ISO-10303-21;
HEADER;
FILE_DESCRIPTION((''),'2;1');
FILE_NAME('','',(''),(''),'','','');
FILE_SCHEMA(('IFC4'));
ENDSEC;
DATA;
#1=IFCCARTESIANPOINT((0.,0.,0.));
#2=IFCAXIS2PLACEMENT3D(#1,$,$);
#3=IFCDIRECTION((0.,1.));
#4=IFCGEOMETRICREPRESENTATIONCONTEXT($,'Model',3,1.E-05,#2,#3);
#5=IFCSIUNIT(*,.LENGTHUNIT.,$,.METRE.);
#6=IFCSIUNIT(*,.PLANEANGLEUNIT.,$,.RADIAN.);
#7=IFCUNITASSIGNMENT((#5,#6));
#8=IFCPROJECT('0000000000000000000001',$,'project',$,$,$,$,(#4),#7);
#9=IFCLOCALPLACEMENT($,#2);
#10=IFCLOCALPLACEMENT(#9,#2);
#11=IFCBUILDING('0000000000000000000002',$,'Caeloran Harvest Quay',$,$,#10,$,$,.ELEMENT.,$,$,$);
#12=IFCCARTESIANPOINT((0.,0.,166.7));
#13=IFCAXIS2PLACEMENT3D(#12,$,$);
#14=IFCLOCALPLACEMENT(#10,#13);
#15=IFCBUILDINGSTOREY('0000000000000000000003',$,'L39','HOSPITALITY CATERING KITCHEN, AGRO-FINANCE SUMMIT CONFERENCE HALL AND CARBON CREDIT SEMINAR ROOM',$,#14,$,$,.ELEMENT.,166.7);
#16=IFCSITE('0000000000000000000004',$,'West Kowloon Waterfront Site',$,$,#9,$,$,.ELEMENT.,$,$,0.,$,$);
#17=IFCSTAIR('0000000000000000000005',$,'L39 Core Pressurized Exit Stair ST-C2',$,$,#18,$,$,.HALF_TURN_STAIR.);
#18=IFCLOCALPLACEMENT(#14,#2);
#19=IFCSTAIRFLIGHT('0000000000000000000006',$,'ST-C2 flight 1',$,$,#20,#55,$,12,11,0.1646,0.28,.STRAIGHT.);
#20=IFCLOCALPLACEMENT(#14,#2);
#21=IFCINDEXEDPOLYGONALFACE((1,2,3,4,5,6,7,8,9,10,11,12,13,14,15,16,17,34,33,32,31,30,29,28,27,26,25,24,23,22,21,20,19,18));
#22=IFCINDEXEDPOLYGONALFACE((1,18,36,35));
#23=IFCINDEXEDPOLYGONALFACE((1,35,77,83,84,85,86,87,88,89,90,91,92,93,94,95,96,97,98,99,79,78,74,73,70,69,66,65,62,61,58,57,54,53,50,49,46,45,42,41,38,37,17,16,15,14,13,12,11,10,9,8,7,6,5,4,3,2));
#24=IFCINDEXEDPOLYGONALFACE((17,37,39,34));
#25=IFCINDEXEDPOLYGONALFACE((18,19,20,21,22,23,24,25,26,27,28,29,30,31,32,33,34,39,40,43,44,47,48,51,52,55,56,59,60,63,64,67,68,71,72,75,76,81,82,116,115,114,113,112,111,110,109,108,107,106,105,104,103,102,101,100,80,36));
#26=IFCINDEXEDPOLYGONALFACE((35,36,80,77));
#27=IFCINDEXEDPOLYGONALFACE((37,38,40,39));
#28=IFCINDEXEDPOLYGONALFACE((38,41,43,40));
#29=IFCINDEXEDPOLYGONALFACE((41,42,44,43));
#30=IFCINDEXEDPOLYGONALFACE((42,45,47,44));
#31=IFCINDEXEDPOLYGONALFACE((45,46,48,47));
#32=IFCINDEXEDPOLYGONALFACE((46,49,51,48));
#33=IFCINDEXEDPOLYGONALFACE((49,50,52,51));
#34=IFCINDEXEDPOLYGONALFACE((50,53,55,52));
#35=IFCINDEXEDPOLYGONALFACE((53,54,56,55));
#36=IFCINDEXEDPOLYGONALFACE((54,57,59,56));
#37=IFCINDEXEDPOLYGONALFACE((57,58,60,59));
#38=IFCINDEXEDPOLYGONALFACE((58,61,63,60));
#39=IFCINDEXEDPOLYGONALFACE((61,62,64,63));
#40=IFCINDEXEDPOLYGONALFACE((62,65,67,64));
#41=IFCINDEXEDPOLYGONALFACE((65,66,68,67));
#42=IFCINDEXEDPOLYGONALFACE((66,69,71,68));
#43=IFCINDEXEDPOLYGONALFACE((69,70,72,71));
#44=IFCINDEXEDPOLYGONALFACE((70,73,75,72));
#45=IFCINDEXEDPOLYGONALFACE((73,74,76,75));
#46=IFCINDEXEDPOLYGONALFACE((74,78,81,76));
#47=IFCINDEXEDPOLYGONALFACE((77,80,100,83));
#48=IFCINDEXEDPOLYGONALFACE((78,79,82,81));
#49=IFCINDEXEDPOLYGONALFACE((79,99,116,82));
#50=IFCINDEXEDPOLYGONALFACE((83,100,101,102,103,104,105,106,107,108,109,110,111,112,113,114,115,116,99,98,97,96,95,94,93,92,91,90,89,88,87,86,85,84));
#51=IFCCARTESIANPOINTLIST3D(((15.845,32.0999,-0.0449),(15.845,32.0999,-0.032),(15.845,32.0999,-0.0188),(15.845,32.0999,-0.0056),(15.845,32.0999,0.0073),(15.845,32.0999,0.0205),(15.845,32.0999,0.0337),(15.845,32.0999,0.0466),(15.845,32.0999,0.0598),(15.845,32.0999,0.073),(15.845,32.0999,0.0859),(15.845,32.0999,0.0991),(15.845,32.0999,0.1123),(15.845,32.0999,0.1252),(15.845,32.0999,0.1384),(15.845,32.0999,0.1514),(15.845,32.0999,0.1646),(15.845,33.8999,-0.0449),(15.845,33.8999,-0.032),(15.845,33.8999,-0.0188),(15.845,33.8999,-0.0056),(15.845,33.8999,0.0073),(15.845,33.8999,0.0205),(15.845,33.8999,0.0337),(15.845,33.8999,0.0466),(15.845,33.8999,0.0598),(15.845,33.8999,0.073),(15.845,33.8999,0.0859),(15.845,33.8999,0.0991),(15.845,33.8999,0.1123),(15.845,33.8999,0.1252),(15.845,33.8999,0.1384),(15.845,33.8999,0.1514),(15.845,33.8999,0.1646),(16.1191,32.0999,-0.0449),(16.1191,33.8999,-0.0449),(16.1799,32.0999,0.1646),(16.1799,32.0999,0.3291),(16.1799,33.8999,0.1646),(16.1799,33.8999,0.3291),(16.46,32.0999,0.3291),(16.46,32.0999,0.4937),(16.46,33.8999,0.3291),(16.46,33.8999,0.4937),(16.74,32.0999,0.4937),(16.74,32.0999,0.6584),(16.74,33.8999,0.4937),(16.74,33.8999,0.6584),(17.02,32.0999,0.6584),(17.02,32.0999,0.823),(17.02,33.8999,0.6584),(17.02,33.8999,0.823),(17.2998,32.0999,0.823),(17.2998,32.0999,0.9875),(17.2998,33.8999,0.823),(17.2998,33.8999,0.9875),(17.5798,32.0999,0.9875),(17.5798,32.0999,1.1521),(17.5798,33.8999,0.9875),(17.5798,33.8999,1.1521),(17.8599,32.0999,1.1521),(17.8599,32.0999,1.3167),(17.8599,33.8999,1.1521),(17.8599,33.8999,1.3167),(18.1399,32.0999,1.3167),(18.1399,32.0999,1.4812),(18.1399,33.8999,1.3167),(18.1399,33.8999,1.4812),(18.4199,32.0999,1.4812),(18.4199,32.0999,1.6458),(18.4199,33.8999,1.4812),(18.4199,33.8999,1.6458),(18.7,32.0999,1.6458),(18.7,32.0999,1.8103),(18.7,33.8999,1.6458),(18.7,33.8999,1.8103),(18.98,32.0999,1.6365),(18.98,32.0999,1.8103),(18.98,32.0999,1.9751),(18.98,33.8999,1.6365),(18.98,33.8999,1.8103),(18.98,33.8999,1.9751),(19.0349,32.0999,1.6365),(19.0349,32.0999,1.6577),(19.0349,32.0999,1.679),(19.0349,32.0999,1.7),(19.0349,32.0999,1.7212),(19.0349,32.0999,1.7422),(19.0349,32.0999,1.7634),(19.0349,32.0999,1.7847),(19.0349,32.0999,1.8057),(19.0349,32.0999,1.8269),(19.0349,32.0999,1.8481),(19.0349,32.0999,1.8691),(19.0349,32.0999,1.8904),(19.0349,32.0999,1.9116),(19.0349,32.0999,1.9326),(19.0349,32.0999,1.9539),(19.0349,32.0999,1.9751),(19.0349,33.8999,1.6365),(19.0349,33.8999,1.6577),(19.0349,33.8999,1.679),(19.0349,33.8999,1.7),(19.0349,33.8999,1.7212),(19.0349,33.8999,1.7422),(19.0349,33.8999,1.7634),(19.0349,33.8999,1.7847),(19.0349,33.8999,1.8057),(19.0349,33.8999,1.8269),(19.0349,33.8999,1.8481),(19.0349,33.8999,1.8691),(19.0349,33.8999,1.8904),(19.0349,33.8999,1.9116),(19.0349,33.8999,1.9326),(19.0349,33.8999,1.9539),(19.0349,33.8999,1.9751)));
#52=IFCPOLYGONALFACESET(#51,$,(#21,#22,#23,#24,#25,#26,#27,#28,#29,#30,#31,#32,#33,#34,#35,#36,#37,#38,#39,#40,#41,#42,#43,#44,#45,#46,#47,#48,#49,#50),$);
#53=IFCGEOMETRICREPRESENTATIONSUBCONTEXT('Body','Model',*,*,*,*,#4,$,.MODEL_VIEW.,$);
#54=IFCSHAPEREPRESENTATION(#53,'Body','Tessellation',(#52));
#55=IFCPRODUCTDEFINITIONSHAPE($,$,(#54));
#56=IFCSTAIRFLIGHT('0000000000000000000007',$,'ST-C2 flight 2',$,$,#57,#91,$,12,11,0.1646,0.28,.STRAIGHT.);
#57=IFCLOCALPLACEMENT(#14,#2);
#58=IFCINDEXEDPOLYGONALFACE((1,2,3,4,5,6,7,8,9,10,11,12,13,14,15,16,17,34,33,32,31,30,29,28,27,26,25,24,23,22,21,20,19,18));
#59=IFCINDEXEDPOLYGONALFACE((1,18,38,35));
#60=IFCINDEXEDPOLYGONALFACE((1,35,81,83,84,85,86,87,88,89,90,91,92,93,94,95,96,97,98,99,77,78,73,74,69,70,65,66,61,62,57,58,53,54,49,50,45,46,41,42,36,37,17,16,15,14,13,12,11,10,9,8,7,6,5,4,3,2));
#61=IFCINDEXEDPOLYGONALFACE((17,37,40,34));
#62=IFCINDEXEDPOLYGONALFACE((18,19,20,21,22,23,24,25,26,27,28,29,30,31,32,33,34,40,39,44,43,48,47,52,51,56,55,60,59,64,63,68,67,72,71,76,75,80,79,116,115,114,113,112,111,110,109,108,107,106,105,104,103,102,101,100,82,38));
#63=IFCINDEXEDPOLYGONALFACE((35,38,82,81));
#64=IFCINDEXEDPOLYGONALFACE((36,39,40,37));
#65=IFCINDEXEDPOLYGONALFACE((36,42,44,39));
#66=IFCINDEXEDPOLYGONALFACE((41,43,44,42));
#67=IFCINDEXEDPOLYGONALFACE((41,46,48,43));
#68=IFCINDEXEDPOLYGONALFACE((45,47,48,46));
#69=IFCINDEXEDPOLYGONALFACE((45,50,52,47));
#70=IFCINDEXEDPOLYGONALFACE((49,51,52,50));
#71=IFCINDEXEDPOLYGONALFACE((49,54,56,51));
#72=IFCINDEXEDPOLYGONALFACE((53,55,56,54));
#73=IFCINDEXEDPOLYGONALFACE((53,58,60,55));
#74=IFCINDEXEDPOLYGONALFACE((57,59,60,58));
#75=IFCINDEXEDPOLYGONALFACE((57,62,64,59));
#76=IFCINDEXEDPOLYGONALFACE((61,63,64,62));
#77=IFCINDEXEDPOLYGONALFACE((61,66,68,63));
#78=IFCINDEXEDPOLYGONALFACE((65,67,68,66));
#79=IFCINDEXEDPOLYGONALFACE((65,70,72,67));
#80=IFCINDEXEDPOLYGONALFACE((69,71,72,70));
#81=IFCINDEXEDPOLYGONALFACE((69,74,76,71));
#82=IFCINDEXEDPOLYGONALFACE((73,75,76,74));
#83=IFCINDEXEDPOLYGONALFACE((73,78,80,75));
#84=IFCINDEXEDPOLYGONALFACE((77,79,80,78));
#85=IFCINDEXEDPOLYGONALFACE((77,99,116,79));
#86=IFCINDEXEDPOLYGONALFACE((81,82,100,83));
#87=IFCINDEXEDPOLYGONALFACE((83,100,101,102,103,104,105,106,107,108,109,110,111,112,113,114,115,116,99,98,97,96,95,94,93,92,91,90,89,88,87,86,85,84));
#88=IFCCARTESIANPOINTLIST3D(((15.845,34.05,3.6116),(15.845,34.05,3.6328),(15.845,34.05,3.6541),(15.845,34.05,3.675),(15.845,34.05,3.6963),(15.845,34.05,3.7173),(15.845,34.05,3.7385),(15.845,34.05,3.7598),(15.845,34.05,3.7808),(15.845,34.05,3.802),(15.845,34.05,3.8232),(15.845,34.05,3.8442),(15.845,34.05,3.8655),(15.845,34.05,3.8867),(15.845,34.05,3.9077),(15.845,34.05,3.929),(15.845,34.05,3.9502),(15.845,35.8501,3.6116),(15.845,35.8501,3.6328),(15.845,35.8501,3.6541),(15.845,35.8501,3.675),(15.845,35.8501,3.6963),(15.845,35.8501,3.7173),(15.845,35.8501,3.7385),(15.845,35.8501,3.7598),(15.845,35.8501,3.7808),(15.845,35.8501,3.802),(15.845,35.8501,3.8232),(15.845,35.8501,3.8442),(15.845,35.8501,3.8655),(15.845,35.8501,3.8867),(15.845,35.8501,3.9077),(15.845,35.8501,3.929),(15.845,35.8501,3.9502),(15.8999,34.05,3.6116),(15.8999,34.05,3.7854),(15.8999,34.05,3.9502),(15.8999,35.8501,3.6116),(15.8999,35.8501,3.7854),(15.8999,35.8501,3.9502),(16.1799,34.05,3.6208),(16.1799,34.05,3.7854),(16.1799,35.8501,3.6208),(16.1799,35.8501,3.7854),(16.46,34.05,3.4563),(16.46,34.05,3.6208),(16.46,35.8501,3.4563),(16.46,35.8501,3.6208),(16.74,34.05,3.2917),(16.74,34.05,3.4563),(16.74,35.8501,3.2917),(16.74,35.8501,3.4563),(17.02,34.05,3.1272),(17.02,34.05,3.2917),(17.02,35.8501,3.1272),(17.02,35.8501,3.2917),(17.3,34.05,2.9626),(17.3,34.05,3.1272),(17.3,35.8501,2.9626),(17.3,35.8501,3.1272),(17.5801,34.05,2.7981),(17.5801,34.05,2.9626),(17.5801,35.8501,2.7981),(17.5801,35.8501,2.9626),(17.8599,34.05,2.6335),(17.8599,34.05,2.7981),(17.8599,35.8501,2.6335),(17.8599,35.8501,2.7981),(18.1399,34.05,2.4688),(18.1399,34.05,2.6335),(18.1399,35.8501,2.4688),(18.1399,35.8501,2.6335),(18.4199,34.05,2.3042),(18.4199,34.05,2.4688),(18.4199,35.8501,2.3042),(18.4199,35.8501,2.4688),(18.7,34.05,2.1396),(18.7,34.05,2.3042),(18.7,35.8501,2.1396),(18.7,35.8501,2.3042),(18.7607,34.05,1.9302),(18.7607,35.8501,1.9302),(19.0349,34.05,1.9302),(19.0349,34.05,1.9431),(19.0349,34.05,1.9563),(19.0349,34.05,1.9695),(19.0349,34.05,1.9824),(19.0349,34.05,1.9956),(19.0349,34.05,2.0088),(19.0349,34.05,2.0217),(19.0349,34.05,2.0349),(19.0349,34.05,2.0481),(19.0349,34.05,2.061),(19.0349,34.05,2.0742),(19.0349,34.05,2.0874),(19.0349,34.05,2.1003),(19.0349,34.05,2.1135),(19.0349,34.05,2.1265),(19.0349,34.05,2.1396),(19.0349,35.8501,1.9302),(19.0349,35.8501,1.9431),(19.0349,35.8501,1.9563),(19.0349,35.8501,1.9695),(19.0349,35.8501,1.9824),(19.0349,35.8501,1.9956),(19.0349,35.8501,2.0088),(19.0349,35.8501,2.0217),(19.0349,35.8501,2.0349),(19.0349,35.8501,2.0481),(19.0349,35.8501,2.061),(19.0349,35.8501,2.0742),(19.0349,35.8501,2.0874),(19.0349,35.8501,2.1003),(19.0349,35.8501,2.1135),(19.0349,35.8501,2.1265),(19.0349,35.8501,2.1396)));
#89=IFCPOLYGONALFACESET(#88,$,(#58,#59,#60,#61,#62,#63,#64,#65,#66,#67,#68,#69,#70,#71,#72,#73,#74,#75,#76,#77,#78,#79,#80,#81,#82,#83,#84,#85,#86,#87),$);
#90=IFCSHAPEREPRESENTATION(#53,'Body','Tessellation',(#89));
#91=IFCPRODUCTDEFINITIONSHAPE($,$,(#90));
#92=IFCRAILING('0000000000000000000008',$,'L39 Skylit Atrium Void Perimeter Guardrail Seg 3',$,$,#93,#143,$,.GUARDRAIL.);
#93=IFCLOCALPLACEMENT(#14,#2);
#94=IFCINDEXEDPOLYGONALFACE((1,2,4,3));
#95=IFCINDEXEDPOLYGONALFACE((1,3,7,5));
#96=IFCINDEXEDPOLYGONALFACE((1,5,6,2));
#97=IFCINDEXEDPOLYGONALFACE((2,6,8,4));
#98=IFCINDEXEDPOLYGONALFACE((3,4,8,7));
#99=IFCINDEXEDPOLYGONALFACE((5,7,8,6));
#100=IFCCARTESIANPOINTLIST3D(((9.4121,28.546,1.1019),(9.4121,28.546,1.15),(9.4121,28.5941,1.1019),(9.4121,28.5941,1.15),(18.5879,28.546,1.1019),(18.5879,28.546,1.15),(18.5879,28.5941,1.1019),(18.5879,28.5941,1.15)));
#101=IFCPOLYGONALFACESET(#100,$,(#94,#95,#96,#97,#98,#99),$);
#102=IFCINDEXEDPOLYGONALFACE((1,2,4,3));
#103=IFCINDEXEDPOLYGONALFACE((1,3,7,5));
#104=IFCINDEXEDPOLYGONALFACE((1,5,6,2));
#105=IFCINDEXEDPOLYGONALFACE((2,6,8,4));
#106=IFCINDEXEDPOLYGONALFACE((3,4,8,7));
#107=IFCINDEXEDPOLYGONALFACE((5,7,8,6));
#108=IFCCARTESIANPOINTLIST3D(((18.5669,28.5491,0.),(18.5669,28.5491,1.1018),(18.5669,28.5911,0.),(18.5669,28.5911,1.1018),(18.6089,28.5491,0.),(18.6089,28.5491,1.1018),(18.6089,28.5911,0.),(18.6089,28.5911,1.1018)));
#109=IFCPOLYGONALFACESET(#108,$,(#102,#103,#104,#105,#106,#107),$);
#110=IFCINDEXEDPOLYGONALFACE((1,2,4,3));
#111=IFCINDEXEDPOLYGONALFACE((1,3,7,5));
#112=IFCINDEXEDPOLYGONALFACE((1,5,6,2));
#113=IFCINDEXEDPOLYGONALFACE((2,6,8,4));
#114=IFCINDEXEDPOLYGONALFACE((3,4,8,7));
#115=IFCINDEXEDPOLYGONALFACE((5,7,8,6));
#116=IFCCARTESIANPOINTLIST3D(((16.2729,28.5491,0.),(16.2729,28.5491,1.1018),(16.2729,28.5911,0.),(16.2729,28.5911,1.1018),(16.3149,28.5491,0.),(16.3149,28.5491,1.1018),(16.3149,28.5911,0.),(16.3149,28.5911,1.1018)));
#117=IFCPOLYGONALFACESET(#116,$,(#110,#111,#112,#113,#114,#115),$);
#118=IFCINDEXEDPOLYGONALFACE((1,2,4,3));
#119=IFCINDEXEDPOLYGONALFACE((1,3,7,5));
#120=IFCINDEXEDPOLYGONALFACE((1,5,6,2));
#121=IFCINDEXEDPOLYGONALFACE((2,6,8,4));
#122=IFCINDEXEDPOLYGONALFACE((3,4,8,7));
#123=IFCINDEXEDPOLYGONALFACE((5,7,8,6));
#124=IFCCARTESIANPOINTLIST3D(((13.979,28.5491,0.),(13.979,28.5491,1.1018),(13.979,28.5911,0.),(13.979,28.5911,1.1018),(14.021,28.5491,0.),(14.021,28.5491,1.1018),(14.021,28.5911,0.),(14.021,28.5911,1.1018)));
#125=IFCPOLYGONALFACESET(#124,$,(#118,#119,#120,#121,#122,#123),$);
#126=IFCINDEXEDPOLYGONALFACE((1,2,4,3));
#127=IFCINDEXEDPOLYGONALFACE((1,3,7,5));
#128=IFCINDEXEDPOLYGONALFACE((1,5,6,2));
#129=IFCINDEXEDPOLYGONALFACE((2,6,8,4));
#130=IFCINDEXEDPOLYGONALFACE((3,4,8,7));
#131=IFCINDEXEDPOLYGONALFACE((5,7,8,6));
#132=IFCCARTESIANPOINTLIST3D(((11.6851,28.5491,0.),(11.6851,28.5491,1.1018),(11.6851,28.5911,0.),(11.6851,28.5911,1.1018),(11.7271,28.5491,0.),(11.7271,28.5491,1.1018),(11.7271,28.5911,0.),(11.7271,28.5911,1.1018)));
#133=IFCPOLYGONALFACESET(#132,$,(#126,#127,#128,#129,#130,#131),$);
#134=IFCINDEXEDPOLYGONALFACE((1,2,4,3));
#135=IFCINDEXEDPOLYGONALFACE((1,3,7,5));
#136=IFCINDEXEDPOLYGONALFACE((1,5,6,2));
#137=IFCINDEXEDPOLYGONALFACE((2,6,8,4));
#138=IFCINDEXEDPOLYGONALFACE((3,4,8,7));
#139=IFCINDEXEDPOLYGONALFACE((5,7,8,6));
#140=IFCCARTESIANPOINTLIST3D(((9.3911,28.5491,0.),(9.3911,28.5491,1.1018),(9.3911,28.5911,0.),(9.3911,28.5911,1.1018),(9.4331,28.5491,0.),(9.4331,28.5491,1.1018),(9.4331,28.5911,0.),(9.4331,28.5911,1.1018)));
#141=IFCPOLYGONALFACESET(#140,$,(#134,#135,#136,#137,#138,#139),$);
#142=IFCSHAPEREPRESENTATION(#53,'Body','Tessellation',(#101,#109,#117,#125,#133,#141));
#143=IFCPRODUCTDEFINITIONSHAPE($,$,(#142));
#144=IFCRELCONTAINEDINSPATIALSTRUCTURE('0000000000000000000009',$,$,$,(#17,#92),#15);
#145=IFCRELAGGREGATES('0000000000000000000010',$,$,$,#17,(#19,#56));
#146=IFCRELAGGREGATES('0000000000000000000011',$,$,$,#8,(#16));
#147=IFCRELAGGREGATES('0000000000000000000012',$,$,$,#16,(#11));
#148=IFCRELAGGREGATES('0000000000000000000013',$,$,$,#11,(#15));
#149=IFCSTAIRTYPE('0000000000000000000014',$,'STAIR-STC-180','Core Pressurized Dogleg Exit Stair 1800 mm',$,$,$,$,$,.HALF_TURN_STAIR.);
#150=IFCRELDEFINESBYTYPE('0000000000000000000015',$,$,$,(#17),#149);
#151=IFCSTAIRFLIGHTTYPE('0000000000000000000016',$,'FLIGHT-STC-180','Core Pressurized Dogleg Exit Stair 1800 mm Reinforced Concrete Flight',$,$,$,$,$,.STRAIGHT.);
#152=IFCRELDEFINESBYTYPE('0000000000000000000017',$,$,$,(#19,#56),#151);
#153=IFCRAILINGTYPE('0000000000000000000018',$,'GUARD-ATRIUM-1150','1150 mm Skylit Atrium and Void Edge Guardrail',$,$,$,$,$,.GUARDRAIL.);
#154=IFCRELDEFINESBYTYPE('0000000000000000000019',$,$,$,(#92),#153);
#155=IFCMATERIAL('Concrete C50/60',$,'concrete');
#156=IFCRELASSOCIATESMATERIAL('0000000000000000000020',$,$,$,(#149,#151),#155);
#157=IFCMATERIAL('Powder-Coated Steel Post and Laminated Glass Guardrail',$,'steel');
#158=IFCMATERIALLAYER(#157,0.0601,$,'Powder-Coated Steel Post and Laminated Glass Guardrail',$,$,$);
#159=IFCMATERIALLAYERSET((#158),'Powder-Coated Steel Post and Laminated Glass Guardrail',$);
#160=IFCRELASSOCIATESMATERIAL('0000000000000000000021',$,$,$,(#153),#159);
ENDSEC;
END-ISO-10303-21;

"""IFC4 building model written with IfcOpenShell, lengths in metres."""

from ifc_helpers import new_model, si_unit, direction, frame, origin, origin_2d, place, context, subcontext, project, spatial, polyline, rectangle, outline, extrude, material, layer, layer_set, type_object, element, aggregate, save


model = new_model("IFC4")

# Units and contexts
model_context = context("Model", 3, precision=1e-05, world=origin(), true_north=direction((0.0, 1.0)))
body_context = subcontext(model_context, "Body", "Model", "MODEL_VIEW")
ifc_project = project(units=[si_unit("LENGTHUNIT", "METRE"), si_unit("PLANEANGLEUNIT", "RADIAN")], contexts=[model_context])

# Site, building, storey
site_placement = place(None, origin())
site = spatial("IfcSite", under=ifc_project, at=site_placement, Name="West Kowloon Waterfront Site", CompositionType="ELEMENT", RefElevation=0.0)
building_placement = place(site_placement, origin())
building = spatial("IfcBuilding", under=site, at=building_placement, Name="Caeloran Harvest Quay", CompositionType="ELEMENT")
storey_placement = place(building_placement, frame((0.0, 0.0, 166.7)))
storey = spatial("IfcBuildingStorey", under=building, at=storey_placement, Name="L39", Description="HOSPITALITY CATERING KITCHEN, AGRO-FINANCE SUMMIT CONFERENCE HALL AND CARBON CREDIT SEMINAR ROOM", CompositionType="ELEMENT", Elevation=166.7)

# Shared definitions
ifc_material_1 = material(Name="Concrete C50/60", Category="concrete")

# Stair, stair flights
stair_type = type_object("IfcStairType", Name="STAIR-STC-180", Description="Core Pressurized Dogleg Exit Stair 1800 mm", PredefinedType="HALF_TURN_STAIR", material=ifc_material_1)
stair_placement = place(storey_placement, origin())
stair = element("IfcStair", 1, at=stair_placement, inside=storey, type_object=stair_type, Name="L39 Core Pressurized Exit Stair ST-C2", PredefinedType="HALF_TURN_STAIR")
stair_flight_type = type_object("IfcStairFlightType", Name="FLIGHT-STC-180", Description="Core Pressurized Dogleg Exit Stair 1800 mm Reinforced Concrete Flight", PredefinedType="STRAIGHT", material=ifc_material_1)
stair_flight_1_placement = place(storey_placement, frame((15.8999, 33.0, 0.0), z_axis=(0.0, 0.0, 1.0), x_axis=(1.0, 0.0, 0.0)))
stair_flight_1 = element("IfcStairFlight", 2, at=stair_flight_1_placement, type_object=stair_flight_type, Name="ST-C2 flight 1", NumberOfRisers=12, NumberOfTreads=11, PredefinedType="STRAIGHT", RiserHeight=0.1646, TreadLength=0.28, context=body_context, shape_type="SweptSolid", body=[
    extrude(outline(polyline([(-0.0549, -0.0449), (-0.0549, -0.032), (-0.0549, -0.0188), (-0.0549, -0.0056), (-0.0549, 0.0073), (-0.0549, 0.0205), (-0.0549, 0.0337), (-0.0549, 0.0466), (-0.0549, 0.0598), (-0.0549, 0.073), (-0.0549, 0.0859), (-0.0549, 0.0991), (-0.0549, 0.1123), (-0.0549, 0.1252), (-0.0549, 0.1384), (-0.0549, 0.1514), (-0.0549, 0.1646), (0.28, 0.1646), (0.28, 0.3291), (0.5601, 0.3291), (0.5601, 0.4937), (0.8401, 0.4937), (0.8401, 0.6584), (1.1201, 0.6584), (1.1201, 0.823), (1.3999, 0.823), (1.3999, 0.9875), (1.6799, 0.9875), (1.6799, 1.1521), (1.96, 1.1521), (1.96, 1.3167), (2.24, 1.3167), (2.24, 1.4812), (2.52, 1.4812), (2.52, 1.6458), (2.8, 1.6458), (2.8, 1.8103), (3.0801, 1.8103), (3.0801, 1.9751), (3.135, 1.9751), (3.135, 1.9539), (3.135, 1.9326), (3.135, 1.9116), (3.135, 1.8904), (3.135, 1.8691), (3.135, 1.8481), (3.135, 1.8269), (3.135, 1.8057), (3.135, 1.7847), (3.135, 1.7634), (3.135, 1.7422), (3.135, 1.7212), (3.135, 1.7), (3.135, 1.679), (3.135, 1.6577), (3.135, 1.6365), (3.0801, 1.6365), (0.2192, -0.0449), (-0.0549, -0.0449)])), frame((0.0, 0.8999, 0.0), z_axis=(0.0, -1.0, 0.0), x_axis=(1.0, 0.0, 0.0)), (0.0, 0.0, 1.0), 1.8),
])
stair_flight_2_placement = place(storey_placement, frame((18.98, 34.95, 1.9751), z_axis=(0.0, 0.0, 1.0), x_axis=(-1.0, 0.0, 0.0)))
stair_flight_2 = element("IfcStairFlight", 3, at=stair_flight_2_placement, type_object=stair_flight_type, Name="ST-C2 flight 2", NumberOfRisers=12, NumberOfTreads=11, PredefinedType="STRAIGHT", RiserHeight=0.1646, TreadLength=0.28, context=body_context, shape_type="SweptSolid", body=[
    extrude(outline(polyline([(-0.0549, -0.0449), (-0.0549, -0.032), (-0.0549, -0.0188), (-0.0549, -0.0056), (-0.0549, 0.0073), (-0.0549, 0.0205), (-0.0549, 0.0337), (-0.0549, 0.0466), (-0.0549, 0.0598), (-0.0549, 0.073), (-0.0549, 0.0859), (-0.0549, 0.0991), (-0.0549, 0.1123), (-0.0549, 0.1252), (-0.0549, 0.1384), (-0.0549, 0.1514), (-0.0549, 0.1646), (0.28, 0.1646), (0.28, 0.3291), (0.5601, 0.3291), (0.5601, 0.4937), (0.8401, 0.4937), (0.8401, 0.6584), (1.1201, 0.6584), (1.1201, 0.823), (1.3999, 0.823), (1.3999, 0.9875), (1.6799, 0.9875), (1.6799, 1.1521), (1.96, 1.1521), (1.96, 1.3167), (2.24, 1.3167), (2.24, 1.4812), (2.52, 1.4812), (2.52, 1.6458), (2.8, 1.6458), (2.8, 1.8103), (3.0801, 1.8103), (3.0801, 1.9751), (3.135, 1.9751), (3.135, 1.9539), (3.135, 1.9326), (3.135, 1.9116), (3.135, 1.8904), (3.135, 1.8691), (3.135, 1.8481), (3.135, 1.8269), (3.135, 1.8057), (3.135, 1.7847), (3.135, 1.7634), (3.135, 1.7422), (3.135, 1.7212), (3.135, 1.7), (3.135, 1.679), (3.135, 1.6577), (3.135, 1.6365), (3.0801, 1.6365), (0.2192, -0.0449), (-0.0549, -0.0449)])), frame((0.0, 0.8999, 0.0), z_axis=(0.0, -1.0, 0.0), x_axis=(1.0, 0.0, 0.0)), (0.0, 0.0, 1.0), 1.8),
])
aggregate(stair, [stair_flight_1, stair_flight_2])

# Railing
ifc_material_2 = material(Name="Powder-Coated Steel Post and Laminated Glass Guardrail", Category="steel")
ifc_layer_1 = layer(ifc_material_2, 0.0601, Name="Powder-Coated Steel Post and Laminated Glass Guardrail")
ifc_layer_set_1 = layer_set([ifc_layer_1], Name="Powder-Coated Steel Post and Laminated Glass Guardrail")
railing_type_1 = type_object("IfcRailingType", Name="GUARD-ATRIUM-1150", Description="1150 mm Skylit Atrium and Void Edge Guardrail", PredefinedType="GUARDRAIL", material=ifc_layer_set_1)
railing_1_placement = place(storey_placement, frame((18.5879, 28.5701, 0.0)))
element("IfcRailing", 4, at=railing_1_placement, inside=storey, type_object=railing_type_1, Name="L39 Skylit Atrium Void Perimeter Guardrail Seg 3", PredefinedType="GUARDRAIL", context=body_context, shape_type="SweptSolid", body=[
    extrude(rectangle(XDim=0.0481, YDim=0.0481, at=origin_2d()), frame((0.0, 0.0, 1.126), z_axis=(-1.0, 0.0, 0.0), x_axis=(0.0, -1.0, 0.0)), (0.0, 0.0, 1.0), 9.1758),
    extrude(rectangle(XDim=0.042, YDim=0.042, at=origin_2d()), origin(), (0.0, 0.0, 1.0), 1.1018),
    extrude(rectangle(XDim=0.042, YDim=0.042, at=origin_2d()), frame((-2.2939, 0.0, 0.0)), (0.0, 0.0, 1.0), 1.1018),
    extrude(rectangle(XDim=0.042, YDim=0.042, at=origin_2d()), frame((-4.5879, 0.0, 0.0)), (0.0, 0.0, 1.0), 1.1018),
    extrude(rectangle(XDim=0.042, YDim=0.042, at=origin_2d()), frame((-6.8818, 0.0, 0.0)), (0.0, 0.0, 1.0), 1.1018),
    extrude(rectangle(XDim=0.042, YDim=0.042, at=origin_2d()), frame((-9.1758, 0.0, 0.0)), (0.0, 0.0, 1.0), 1.1018),
])

save(model, "model.ifc")
